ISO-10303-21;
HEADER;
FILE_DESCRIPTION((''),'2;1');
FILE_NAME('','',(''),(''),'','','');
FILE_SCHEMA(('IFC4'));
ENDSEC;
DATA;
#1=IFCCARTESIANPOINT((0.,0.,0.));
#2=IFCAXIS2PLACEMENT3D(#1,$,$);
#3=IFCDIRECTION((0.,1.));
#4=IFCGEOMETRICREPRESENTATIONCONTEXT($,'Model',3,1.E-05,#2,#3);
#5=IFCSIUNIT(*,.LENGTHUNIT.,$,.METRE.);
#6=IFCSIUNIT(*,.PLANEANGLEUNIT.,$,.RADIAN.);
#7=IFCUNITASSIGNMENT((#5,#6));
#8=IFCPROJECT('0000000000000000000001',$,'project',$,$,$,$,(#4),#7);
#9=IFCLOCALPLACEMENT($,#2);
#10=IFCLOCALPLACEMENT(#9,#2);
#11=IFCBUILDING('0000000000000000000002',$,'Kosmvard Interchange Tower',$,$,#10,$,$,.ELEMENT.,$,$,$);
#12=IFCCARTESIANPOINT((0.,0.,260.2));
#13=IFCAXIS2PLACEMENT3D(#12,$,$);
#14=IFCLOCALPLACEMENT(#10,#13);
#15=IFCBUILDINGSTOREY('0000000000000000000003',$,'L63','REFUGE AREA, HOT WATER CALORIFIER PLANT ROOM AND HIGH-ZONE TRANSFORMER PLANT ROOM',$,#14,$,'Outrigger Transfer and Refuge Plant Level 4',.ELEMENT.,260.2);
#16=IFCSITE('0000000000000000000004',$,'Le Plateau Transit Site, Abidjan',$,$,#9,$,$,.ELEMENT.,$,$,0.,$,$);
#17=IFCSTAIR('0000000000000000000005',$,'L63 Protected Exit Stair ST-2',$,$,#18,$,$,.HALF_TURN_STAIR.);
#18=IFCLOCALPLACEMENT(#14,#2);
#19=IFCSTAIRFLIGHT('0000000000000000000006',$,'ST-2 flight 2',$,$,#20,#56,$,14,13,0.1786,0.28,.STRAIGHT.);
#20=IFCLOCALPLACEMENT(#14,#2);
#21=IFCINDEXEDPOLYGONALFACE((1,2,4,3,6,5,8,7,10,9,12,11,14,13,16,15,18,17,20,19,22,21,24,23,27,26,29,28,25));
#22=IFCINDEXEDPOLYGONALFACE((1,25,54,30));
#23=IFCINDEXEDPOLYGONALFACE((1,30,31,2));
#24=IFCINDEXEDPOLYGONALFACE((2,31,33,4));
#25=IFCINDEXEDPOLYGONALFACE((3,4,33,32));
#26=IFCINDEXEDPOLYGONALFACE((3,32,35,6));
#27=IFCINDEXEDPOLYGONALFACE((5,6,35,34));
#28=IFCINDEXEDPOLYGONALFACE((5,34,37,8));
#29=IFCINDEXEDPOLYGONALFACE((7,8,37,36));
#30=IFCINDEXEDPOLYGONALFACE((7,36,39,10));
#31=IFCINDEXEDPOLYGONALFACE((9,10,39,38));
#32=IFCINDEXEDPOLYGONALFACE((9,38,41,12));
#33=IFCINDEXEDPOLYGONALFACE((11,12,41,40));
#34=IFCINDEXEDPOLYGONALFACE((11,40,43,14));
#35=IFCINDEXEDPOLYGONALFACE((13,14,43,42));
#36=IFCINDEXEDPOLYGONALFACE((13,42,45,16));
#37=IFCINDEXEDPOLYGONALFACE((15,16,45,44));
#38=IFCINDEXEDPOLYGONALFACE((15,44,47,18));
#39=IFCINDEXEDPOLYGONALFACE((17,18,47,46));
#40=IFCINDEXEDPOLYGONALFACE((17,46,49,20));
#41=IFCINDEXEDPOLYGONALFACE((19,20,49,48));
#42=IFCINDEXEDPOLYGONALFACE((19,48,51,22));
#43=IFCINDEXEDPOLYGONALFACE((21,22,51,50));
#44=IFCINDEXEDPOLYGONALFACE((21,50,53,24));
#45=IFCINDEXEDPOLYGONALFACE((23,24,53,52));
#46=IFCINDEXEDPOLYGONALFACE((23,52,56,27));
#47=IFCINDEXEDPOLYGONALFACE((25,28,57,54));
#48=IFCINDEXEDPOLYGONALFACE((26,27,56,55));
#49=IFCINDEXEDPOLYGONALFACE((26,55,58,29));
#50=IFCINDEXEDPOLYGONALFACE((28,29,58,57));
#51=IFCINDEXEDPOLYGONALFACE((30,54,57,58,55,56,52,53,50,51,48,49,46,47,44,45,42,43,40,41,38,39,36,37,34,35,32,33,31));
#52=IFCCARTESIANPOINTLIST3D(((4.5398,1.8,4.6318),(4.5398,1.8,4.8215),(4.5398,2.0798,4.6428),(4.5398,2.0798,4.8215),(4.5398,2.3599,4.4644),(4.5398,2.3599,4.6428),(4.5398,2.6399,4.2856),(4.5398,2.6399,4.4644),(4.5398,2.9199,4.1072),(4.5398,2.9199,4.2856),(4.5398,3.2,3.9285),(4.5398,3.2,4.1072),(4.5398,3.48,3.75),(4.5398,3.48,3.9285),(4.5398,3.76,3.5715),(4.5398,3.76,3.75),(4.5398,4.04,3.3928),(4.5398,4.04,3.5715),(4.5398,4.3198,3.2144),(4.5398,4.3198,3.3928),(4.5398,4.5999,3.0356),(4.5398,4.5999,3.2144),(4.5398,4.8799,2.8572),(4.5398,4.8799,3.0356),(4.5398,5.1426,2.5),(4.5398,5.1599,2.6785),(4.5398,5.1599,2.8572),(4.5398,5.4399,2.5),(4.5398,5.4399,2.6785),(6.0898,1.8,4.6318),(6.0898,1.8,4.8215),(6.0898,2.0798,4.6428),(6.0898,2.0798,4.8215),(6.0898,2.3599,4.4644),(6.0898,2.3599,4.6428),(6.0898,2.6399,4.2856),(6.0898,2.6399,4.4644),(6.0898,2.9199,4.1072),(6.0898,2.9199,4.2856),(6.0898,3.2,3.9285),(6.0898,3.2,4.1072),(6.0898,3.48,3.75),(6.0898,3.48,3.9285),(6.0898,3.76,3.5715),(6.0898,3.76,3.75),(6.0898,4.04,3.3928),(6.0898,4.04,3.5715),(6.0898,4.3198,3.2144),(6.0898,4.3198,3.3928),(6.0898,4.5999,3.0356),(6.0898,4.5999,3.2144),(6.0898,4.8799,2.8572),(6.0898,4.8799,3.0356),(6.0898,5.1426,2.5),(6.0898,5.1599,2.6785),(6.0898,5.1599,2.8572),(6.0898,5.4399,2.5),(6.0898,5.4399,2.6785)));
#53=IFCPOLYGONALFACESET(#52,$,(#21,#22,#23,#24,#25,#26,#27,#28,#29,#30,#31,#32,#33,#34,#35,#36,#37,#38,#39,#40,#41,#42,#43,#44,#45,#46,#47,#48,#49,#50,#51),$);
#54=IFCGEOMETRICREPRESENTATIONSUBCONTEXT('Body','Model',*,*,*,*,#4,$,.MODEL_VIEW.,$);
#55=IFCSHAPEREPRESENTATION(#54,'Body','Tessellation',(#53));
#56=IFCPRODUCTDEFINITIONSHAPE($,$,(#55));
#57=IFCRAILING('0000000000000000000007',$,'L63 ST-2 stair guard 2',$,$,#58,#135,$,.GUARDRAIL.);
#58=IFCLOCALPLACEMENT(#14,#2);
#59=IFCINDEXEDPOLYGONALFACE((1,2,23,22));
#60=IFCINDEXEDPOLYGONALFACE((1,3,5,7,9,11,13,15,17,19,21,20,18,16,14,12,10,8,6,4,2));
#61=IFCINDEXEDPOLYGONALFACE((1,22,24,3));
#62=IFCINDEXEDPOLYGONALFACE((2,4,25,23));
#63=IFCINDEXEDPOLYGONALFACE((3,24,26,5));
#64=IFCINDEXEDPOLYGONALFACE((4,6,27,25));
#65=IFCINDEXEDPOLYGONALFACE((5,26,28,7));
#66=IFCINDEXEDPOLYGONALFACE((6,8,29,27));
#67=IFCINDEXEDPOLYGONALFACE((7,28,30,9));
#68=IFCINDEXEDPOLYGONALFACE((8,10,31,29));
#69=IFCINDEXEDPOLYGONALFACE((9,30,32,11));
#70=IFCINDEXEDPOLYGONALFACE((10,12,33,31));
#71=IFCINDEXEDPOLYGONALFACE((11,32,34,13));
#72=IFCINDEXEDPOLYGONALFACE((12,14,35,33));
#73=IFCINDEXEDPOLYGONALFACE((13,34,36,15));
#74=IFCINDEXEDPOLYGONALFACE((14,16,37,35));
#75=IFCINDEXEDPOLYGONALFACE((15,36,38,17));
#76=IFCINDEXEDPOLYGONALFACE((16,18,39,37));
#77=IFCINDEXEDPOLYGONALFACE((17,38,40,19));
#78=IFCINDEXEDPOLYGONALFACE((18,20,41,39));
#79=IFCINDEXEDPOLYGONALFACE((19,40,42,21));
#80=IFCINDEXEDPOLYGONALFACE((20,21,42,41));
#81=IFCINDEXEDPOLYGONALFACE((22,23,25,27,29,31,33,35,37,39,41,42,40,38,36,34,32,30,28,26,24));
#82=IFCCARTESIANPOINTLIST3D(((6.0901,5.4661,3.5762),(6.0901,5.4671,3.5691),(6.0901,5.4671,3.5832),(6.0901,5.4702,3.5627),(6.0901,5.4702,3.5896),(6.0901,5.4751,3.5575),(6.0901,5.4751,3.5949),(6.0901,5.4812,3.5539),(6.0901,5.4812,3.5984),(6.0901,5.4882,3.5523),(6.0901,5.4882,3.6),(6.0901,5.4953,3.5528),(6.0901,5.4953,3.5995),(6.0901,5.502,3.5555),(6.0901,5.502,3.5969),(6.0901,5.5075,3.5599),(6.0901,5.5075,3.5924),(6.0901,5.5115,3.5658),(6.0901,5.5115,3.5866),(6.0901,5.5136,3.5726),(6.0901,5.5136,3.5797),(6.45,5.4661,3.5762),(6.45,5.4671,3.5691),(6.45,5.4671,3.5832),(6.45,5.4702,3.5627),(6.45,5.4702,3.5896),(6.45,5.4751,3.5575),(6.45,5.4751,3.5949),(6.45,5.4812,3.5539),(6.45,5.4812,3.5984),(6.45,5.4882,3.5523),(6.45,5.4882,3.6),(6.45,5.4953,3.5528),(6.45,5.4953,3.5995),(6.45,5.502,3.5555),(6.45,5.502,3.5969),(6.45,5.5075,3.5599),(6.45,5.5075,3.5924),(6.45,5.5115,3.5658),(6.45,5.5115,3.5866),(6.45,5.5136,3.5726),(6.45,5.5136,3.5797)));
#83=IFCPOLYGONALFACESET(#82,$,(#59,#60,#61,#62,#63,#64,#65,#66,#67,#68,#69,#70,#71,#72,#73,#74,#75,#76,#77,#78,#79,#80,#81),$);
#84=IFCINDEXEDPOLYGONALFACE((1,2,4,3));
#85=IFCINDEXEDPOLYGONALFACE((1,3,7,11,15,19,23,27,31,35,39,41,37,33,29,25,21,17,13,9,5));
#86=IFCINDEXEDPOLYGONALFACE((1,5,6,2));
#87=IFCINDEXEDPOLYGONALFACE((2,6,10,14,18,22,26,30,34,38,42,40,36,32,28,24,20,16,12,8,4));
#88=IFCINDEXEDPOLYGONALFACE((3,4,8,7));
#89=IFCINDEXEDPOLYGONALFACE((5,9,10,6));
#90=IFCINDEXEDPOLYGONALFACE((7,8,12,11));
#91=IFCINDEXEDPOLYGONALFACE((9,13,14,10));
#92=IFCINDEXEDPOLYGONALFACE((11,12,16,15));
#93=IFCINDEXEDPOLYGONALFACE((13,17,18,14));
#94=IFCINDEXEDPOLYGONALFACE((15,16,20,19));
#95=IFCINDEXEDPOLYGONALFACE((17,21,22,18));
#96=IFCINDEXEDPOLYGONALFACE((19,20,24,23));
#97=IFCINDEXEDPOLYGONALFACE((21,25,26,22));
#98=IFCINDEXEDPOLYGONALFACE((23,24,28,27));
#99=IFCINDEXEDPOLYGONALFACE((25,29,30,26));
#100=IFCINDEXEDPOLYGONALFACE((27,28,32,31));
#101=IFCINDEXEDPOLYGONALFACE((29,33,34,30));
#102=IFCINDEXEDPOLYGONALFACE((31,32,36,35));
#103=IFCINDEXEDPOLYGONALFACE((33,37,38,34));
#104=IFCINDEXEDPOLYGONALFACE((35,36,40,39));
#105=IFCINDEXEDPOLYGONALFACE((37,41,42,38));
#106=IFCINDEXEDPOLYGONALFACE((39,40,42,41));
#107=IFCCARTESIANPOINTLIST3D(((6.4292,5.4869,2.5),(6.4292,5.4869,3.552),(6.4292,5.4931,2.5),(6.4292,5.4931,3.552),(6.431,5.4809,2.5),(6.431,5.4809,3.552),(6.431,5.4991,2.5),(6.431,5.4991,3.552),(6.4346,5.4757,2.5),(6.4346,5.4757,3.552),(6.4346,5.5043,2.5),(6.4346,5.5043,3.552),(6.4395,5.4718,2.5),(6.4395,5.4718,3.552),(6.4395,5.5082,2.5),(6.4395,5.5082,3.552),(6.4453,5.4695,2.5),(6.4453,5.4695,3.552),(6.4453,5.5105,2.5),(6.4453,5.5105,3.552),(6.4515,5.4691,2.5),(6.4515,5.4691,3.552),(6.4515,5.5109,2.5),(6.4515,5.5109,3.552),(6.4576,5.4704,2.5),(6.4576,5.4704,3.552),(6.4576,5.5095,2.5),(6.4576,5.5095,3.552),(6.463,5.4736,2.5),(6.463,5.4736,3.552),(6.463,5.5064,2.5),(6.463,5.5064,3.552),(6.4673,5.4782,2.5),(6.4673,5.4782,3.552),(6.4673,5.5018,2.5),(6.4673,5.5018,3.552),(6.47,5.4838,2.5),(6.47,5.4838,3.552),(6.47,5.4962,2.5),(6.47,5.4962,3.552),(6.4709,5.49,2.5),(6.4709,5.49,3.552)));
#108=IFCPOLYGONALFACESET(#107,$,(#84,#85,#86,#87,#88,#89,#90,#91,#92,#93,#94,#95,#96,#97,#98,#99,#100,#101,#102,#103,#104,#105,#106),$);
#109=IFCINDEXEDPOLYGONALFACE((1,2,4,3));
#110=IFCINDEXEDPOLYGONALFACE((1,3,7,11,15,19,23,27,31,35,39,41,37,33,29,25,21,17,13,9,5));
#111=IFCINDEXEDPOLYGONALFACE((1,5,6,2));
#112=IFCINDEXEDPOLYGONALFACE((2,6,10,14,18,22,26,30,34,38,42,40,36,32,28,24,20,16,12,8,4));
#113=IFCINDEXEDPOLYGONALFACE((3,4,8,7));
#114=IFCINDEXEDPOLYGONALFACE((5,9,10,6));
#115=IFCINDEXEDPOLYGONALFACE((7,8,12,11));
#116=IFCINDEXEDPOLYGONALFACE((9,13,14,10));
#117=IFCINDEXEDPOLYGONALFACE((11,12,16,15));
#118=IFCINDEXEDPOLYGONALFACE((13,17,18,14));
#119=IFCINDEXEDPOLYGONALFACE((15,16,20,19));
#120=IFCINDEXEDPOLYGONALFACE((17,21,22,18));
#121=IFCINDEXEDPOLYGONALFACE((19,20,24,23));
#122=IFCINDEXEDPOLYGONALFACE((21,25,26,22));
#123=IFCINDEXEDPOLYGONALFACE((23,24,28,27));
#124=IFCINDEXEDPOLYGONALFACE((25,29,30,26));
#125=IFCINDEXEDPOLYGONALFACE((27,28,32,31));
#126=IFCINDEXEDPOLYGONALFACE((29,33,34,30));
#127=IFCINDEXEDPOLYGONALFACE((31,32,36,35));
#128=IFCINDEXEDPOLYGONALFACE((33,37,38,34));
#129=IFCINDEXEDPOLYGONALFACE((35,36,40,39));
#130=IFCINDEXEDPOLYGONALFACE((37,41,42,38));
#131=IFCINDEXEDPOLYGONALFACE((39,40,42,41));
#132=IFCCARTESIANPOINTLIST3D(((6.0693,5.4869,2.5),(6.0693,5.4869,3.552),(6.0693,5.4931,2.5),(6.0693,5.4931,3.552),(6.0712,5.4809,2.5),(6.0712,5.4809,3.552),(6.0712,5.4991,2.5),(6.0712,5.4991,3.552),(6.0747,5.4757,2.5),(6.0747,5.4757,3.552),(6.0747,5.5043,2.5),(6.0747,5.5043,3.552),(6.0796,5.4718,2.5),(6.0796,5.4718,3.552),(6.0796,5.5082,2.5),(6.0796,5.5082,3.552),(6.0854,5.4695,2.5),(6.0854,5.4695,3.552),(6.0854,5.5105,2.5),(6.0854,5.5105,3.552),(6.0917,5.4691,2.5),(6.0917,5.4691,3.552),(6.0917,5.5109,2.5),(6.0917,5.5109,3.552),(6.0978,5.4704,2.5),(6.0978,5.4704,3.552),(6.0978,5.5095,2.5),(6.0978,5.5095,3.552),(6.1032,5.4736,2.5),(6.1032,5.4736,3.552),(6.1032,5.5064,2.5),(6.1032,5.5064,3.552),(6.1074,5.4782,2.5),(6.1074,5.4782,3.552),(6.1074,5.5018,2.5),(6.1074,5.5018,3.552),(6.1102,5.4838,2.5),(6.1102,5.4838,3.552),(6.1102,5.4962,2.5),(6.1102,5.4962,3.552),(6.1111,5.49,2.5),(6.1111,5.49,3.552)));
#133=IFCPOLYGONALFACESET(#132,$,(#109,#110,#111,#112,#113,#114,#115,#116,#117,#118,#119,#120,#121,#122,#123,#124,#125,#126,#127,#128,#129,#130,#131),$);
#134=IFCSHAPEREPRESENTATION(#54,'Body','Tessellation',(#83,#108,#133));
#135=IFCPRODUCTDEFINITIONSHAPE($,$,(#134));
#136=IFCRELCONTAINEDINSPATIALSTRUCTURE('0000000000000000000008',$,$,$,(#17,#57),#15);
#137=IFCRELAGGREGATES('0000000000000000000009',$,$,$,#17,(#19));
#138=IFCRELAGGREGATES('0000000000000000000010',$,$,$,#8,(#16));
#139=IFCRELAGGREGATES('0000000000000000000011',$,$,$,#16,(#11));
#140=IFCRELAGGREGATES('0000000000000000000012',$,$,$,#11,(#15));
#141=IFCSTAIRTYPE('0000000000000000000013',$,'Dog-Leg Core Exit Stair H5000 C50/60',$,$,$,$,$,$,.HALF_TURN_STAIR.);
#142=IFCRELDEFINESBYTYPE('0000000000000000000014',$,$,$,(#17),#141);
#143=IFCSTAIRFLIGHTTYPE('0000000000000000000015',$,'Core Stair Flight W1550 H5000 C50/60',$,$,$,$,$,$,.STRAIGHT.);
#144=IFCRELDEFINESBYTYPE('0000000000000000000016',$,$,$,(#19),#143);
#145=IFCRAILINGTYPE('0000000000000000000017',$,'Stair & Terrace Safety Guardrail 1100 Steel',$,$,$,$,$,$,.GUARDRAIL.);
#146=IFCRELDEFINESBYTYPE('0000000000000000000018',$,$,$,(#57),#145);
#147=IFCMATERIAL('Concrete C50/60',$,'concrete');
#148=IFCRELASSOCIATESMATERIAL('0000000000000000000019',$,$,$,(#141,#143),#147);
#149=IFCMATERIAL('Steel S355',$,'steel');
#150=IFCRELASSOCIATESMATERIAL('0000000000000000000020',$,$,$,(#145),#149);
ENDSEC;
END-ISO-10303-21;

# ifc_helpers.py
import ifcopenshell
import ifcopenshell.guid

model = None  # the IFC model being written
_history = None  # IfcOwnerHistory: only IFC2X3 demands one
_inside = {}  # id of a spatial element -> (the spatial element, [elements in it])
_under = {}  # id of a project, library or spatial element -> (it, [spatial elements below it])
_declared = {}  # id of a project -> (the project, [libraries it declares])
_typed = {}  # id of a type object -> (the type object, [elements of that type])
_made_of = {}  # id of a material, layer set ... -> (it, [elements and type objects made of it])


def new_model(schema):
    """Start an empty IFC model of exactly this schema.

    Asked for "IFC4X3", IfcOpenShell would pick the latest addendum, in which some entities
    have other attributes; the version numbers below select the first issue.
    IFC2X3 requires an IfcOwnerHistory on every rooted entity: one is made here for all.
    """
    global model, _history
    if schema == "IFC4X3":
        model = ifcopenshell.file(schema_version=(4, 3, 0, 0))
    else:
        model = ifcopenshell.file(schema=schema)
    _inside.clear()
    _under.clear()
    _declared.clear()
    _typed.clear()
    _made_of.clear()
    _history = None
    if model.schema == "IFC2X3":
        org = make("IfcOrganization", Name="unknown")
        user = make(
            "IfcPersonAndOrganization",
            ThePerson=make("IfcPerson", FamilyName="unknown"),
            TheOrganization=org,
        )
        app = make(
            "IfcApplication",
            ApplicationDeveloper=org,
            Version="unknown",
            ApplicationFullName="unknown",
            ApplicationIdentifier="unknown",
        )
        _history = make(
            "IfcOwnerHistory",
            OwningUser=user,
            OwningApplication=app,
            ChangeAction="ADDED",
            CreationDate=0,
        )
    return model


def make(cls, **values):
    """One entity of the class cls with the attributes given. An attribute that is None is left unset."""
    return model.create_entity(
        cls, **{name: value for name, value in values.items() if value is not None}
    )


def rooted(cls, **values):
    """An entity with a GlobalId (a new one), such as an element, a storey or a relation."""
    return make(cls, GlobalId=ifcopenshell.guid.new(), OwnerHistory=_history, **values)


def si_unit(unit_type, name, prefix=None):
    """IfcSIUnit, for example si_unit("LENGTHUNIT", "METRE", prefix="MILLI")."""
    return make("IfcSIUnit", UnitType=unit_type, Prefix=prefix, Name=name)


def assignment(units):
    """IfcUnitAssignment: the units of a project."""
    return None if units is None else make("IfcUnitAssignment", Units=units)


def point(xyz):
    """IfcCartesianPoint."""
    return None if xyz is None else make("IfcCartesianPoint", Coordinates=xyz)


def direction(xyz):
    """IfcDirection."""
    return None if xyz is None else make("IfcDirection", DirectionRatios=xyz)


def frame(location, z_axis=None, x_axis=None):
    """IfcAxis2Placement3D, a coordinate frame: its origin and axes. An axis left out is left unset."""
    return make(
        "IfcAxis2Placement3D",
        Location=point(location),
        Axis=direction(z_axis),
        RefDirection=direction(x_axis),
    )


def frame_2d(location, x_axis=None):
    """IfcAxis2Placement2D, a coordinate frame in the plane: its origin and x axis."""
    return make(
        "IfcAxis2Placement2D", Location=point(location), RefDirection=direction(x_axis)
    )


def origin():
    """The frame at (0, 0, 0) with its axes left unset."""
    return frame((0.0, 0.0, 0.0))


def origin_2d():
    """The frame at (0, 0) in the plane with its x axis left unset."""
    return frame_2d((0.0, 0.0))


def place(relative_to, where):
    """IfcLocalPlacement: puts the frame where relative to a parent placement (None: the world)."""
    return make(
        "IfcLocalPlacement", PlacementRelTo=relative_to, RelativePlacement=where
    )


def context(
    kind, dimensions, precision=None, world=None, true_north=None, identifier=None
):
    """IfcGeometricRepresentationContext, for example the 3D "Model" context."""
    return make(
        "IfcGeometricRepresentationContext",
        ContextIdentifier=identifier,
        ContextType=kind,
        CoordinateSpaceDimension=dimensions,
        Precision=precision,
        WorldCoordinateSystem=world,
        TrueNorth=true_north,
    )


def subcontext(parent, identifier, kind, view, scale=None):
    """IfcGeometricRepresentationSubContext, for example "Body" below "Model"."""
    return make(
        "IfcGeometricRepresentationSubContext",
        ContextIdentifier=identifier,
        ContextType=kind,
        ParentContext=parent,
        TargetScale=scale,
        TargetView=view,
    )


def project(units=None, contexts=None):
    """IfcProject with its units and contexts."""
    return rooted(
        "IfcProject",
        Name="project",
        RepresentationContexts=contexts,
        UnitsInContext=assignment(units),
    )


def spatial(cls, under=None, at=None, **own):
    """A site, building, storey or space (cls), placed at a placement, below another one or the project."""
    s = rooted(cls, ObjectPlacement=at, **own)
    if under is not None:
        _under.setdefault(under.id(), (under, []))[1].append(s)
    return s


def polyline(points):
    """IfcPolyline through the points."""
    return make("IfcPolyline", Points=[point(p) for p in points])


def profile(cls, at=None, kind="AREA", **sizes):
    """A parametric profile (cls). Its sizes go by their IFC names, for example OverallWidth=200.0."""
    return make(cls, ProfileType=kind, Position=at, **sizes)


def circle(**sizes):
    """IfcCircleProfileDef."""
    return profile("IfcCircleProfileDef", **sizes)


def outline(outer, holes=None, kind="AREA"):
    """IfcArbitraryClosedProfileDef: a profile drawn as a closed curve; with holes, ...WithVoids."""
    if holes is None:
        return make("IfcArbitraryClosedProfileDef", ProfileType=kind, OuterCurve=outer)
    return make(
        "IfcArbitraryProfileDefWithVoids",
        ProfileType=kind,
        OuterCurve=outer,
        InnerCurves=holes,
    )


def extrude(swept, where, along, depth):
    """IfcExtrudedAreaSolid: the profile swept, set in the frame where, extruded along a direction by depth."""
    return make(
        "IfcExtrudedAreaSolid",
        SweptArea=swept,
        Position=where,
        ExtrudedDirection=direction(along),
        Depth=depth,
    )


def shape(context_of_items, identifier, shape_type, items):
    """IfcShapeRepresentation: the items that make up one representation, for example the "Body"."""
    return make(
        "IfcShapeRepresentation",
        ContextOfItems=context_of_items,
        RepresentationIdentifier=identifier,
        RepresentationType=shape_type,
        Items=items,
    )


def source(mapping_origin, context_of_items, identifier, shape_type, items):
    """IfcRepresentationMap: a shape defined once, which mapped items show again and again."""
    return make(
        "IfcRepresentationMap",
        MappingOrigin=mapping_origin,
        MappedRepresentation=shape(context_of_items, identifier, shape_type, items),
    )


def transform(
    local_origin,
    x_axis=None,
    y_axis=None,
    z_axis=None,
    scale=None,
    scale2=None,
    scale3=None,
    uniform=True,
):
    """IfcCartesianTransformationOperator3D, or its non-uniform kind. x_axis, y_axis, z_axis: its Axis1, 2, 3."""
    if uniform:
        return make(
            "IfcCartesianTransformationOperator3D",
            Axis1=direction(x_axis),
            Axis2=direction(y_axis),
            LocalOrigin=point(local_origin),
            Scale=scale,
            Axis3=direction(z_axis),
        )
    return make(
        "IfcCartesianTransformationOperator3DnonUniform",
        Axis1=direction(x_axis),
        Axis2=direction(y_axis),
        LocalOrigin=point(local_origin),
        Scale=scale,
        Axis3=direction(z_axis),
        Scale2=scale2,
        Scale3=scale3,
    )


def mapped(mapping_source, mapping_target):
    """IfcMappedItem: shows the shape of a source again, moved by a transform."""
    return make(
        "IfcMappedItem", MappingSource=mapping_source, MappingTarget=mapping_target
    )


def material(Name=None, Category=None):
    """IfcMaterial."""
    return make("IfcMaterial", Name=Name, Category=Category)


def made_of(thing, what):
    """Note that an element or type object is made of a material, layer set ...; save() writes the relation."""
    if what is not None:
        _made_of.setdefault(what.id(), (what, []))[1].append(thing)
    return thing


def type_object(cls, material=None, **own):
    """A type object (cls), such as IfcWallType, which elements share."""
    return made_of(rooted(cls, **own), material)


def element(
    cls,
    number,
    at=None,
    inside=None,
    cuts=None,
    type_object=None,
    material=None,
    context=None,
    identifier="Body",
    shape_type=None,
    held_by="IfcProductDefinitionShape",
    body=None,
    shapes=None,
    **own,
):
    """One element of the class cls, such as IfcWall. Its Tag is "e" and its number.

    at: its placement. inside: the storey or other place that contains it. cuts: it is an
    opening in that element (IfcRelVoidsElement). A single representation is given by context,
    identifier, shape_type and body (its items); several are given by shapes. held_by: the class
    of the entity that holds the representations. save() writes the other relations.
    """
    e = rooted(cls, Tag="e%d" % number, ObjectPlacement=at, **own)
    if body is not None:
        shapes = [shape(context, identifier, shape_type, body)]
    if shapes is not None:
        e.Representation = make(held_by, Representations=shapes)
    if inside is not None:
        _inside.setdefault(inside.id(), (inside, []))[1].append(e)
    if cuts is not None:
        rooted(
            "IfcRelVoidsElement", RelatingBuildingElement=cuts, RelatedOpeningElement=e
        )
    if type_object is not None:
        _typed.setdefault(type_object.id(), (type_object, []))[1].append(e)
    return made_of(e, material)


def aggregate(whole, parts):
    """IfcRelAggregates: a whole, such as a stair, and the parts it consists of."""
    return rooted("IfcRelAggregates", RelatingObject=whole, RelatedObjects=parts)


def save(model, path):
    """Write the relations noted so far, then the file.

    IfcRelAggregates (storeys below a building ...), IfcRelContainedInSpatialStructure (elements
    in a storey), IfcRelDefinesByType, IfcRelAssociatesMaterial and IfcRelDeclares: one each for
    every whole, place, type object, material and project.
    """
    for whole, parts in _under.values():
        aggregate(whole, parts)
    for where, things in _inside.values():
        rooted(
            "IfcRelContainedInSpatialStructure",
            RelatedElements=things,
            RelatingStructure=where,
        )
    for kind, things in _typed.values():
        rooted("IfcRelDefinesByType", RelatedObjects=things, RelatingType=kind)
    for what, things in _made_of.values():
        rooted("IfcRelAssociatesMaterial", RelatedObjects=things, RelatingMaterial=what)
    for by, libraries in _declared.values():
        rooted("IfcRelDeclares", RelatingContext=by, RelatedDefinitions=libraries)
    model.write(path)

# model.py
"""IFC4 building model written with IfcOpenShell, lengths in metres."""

from ifc_helpers import new_model, si_unit, direction, frame, origin, origin_2d, place, context, subcontext, project, spatial, polyline, circle, outline, extrude, source, transform, mapped, material, type_object, element, aggregate, save


model = new_model("IFC4")

# Units and contexts
model_context = context("Model", 3, precision=1e-05, world=origin(), true_north=direction((0.0, 1.0)))
body_context = subcontext(model_context, "Body", "Model", "MODEL_VIEW")
ifc_project = project(units=[si_unit("LENGTHUNIT", "METRE"), si_unit("PLANEANGLEUNIT", "RADIAN")], contexts=[model_context])

# Site, building, storey
site_placement = place(None, origin())
site = spatial("IfcSite", under=ifc_project, at=site_placement, Name="Le Plateau Transit Site, Abidjan", CompositionType="ELEMENT", RefElevation=0.0)
building_placement = place(site_placement, origin())
building = spatial("IfcBuilding", under=site, at=building_placement, Name="Kosmvard Interchange Tower", CompositionType="ELEMENT")
storey_placement = place(building_placement, frame((0.0, 0.0, 260.2)))
storey = spatial("IfcBuildingStorey", under=building, at=storey_placement, Name="L63", Description="REFUGE AREA, HOT WATER CALORIFIER PLANT ROOM AND HIGH-ZONE TRANSFORMER PLANT ROOM", LongName="Outrigger Transfer and Refuge Plant Level 4", CompositionType="ELEMENT", Elevation=260.2)

# Shared definitions
ifc_material_1 = material(Name="Concrete C50/60", Category="concrete")

# Shared definitions
ifc_material_2 = material(Name="Steel S355", Category="steel")

# Stair, stair flight
stair_type = type_object("IfcStairType", Name="Dog-Leg Core Exit Stair H5000 C50/60", PredefinedType="HALF_TURN_STAIR", material=ifc_material_1)
stair_placement = place(storey_placement, origin())
stair = element("IfcStair", 1, at=stair_placement, inside=storey, type_object=stair_type, Name="L63 Protected Exit Stair ST-2", PredefinedType="HALF_TURN_STAIR")
stair_flight_type = type_object("IfcStairFlightType", Name="Core Stair Flight W1550 H5000 C50/60", PredefinedType="STRAIGHT", material=ifc_material_1)
shared_shape_1 = source(origin(), body_context, "Body", "SweptSolid", [
    extrude(outline(polyline([(0.0, 0.0), (0.0, 0.1785), (0.28, 0.1785), (0.28, 0.3572), (0.5601, 0.3572), (0.5601, 0.5356), (0.8401, 0.5356), (0.8401, 0.7144), (1.1201, 0.7144), (1.1201, 0.8928), (1.3999, 0.8928), (1.3999, 1.0715), (1.6799, 1.0715), (1.6799, 1.25), (1.96, 1.25), (1.96, 1.4285), (2.24, 1.4285), (2.24, 1.6072), (2.52, 1.6072), (2.52, 1.7856), (2.8, 1.7856), (2.8, 1.9644), (3.0801, 1.9644), (3.0801, 2.1428), (3.3601, 2.1428), (3.3601, 2.3215), (3.6399, 2.3215), (3.6399, 2.5), (3.6399, 2.1318), (0.2974, 0.0), (0.0, 0.0)])), frame((0.0, 0.7749, 0.0), z_axis=(0.0, -1.0, 0.0), x_axis=(1.0, 0.0, 0.0)), (0.0, 0.0, 1.0), 1.55),
])
stair_flight_1_placement = place(storey_placement, frame((5.3149, 5.4399, 2.5), z_axis=(0.0, 0.0, 1.0), x_axis=(0.0, -1.0, 0.0)))
stair_flight_1 = element("IfcStairFlight", 2, at=stair_flight_1_placement, type_object=stair_flight_type, Name="ST-2 flight 2", NumberOfRisers=14, NumberOfTreads=13, PredefinedType="STRAIGHT", RiserHeight=0.1786, TreadLength=0.28, context=body_context, shape_type="MappedRepresentation", body=[
    mapped(shared_shape_1, transform((0.0, 0.0, 0.0), scale=1.0)),
])
aggregate(stair, [stair_flight_1])

# Railing
railing_type_1 = type_object("IfcRailingType", Name="Stair & Terrace Safety Guardrail 1100 Steel", PredefinedType="GUARDRAIL", material=ifc_material_2)
shared_shape_2 = source(origin(), body_context, "Body", "SweptSolid", [
    extrude(circle(Radius=0.0239, at=origin_2d()), frame((0.0, 0.0, 1.0762), z_axis=(-1.0, 0.0, 0.0), x_axis=(0.0, -1.0, 0.0)), (0.0, 0.0, 1.0), 0.3599),
    extrude(circle(Radius=0.021, at=origin_2d()), origin(), (0.0, 0.0, 1.0), 1.052),
    extrude(circle(Radius=0.021, at=origin_2d()), frame((-0.3599, 0.0, 0.0)), (0.0, 0.0, 1.0), 1.052),
])
railing_1_placement = place(storey_placement, frame((6.45, 5.49, 2.5)))
element("IfcRailing", 3, at=railing_1_placement, inside=storey, type_object=railing_type_1, Name="L63 ST-2 stair guard 2", PredefinedType="GUARDRAIL", context=body_context, shape_type="MappedRepresentation", body=[
    mapped(shared_shape_2, transform((0.0, 0.0, 0.0), scale=1.0)),
])

save(model, "model.ifc")
